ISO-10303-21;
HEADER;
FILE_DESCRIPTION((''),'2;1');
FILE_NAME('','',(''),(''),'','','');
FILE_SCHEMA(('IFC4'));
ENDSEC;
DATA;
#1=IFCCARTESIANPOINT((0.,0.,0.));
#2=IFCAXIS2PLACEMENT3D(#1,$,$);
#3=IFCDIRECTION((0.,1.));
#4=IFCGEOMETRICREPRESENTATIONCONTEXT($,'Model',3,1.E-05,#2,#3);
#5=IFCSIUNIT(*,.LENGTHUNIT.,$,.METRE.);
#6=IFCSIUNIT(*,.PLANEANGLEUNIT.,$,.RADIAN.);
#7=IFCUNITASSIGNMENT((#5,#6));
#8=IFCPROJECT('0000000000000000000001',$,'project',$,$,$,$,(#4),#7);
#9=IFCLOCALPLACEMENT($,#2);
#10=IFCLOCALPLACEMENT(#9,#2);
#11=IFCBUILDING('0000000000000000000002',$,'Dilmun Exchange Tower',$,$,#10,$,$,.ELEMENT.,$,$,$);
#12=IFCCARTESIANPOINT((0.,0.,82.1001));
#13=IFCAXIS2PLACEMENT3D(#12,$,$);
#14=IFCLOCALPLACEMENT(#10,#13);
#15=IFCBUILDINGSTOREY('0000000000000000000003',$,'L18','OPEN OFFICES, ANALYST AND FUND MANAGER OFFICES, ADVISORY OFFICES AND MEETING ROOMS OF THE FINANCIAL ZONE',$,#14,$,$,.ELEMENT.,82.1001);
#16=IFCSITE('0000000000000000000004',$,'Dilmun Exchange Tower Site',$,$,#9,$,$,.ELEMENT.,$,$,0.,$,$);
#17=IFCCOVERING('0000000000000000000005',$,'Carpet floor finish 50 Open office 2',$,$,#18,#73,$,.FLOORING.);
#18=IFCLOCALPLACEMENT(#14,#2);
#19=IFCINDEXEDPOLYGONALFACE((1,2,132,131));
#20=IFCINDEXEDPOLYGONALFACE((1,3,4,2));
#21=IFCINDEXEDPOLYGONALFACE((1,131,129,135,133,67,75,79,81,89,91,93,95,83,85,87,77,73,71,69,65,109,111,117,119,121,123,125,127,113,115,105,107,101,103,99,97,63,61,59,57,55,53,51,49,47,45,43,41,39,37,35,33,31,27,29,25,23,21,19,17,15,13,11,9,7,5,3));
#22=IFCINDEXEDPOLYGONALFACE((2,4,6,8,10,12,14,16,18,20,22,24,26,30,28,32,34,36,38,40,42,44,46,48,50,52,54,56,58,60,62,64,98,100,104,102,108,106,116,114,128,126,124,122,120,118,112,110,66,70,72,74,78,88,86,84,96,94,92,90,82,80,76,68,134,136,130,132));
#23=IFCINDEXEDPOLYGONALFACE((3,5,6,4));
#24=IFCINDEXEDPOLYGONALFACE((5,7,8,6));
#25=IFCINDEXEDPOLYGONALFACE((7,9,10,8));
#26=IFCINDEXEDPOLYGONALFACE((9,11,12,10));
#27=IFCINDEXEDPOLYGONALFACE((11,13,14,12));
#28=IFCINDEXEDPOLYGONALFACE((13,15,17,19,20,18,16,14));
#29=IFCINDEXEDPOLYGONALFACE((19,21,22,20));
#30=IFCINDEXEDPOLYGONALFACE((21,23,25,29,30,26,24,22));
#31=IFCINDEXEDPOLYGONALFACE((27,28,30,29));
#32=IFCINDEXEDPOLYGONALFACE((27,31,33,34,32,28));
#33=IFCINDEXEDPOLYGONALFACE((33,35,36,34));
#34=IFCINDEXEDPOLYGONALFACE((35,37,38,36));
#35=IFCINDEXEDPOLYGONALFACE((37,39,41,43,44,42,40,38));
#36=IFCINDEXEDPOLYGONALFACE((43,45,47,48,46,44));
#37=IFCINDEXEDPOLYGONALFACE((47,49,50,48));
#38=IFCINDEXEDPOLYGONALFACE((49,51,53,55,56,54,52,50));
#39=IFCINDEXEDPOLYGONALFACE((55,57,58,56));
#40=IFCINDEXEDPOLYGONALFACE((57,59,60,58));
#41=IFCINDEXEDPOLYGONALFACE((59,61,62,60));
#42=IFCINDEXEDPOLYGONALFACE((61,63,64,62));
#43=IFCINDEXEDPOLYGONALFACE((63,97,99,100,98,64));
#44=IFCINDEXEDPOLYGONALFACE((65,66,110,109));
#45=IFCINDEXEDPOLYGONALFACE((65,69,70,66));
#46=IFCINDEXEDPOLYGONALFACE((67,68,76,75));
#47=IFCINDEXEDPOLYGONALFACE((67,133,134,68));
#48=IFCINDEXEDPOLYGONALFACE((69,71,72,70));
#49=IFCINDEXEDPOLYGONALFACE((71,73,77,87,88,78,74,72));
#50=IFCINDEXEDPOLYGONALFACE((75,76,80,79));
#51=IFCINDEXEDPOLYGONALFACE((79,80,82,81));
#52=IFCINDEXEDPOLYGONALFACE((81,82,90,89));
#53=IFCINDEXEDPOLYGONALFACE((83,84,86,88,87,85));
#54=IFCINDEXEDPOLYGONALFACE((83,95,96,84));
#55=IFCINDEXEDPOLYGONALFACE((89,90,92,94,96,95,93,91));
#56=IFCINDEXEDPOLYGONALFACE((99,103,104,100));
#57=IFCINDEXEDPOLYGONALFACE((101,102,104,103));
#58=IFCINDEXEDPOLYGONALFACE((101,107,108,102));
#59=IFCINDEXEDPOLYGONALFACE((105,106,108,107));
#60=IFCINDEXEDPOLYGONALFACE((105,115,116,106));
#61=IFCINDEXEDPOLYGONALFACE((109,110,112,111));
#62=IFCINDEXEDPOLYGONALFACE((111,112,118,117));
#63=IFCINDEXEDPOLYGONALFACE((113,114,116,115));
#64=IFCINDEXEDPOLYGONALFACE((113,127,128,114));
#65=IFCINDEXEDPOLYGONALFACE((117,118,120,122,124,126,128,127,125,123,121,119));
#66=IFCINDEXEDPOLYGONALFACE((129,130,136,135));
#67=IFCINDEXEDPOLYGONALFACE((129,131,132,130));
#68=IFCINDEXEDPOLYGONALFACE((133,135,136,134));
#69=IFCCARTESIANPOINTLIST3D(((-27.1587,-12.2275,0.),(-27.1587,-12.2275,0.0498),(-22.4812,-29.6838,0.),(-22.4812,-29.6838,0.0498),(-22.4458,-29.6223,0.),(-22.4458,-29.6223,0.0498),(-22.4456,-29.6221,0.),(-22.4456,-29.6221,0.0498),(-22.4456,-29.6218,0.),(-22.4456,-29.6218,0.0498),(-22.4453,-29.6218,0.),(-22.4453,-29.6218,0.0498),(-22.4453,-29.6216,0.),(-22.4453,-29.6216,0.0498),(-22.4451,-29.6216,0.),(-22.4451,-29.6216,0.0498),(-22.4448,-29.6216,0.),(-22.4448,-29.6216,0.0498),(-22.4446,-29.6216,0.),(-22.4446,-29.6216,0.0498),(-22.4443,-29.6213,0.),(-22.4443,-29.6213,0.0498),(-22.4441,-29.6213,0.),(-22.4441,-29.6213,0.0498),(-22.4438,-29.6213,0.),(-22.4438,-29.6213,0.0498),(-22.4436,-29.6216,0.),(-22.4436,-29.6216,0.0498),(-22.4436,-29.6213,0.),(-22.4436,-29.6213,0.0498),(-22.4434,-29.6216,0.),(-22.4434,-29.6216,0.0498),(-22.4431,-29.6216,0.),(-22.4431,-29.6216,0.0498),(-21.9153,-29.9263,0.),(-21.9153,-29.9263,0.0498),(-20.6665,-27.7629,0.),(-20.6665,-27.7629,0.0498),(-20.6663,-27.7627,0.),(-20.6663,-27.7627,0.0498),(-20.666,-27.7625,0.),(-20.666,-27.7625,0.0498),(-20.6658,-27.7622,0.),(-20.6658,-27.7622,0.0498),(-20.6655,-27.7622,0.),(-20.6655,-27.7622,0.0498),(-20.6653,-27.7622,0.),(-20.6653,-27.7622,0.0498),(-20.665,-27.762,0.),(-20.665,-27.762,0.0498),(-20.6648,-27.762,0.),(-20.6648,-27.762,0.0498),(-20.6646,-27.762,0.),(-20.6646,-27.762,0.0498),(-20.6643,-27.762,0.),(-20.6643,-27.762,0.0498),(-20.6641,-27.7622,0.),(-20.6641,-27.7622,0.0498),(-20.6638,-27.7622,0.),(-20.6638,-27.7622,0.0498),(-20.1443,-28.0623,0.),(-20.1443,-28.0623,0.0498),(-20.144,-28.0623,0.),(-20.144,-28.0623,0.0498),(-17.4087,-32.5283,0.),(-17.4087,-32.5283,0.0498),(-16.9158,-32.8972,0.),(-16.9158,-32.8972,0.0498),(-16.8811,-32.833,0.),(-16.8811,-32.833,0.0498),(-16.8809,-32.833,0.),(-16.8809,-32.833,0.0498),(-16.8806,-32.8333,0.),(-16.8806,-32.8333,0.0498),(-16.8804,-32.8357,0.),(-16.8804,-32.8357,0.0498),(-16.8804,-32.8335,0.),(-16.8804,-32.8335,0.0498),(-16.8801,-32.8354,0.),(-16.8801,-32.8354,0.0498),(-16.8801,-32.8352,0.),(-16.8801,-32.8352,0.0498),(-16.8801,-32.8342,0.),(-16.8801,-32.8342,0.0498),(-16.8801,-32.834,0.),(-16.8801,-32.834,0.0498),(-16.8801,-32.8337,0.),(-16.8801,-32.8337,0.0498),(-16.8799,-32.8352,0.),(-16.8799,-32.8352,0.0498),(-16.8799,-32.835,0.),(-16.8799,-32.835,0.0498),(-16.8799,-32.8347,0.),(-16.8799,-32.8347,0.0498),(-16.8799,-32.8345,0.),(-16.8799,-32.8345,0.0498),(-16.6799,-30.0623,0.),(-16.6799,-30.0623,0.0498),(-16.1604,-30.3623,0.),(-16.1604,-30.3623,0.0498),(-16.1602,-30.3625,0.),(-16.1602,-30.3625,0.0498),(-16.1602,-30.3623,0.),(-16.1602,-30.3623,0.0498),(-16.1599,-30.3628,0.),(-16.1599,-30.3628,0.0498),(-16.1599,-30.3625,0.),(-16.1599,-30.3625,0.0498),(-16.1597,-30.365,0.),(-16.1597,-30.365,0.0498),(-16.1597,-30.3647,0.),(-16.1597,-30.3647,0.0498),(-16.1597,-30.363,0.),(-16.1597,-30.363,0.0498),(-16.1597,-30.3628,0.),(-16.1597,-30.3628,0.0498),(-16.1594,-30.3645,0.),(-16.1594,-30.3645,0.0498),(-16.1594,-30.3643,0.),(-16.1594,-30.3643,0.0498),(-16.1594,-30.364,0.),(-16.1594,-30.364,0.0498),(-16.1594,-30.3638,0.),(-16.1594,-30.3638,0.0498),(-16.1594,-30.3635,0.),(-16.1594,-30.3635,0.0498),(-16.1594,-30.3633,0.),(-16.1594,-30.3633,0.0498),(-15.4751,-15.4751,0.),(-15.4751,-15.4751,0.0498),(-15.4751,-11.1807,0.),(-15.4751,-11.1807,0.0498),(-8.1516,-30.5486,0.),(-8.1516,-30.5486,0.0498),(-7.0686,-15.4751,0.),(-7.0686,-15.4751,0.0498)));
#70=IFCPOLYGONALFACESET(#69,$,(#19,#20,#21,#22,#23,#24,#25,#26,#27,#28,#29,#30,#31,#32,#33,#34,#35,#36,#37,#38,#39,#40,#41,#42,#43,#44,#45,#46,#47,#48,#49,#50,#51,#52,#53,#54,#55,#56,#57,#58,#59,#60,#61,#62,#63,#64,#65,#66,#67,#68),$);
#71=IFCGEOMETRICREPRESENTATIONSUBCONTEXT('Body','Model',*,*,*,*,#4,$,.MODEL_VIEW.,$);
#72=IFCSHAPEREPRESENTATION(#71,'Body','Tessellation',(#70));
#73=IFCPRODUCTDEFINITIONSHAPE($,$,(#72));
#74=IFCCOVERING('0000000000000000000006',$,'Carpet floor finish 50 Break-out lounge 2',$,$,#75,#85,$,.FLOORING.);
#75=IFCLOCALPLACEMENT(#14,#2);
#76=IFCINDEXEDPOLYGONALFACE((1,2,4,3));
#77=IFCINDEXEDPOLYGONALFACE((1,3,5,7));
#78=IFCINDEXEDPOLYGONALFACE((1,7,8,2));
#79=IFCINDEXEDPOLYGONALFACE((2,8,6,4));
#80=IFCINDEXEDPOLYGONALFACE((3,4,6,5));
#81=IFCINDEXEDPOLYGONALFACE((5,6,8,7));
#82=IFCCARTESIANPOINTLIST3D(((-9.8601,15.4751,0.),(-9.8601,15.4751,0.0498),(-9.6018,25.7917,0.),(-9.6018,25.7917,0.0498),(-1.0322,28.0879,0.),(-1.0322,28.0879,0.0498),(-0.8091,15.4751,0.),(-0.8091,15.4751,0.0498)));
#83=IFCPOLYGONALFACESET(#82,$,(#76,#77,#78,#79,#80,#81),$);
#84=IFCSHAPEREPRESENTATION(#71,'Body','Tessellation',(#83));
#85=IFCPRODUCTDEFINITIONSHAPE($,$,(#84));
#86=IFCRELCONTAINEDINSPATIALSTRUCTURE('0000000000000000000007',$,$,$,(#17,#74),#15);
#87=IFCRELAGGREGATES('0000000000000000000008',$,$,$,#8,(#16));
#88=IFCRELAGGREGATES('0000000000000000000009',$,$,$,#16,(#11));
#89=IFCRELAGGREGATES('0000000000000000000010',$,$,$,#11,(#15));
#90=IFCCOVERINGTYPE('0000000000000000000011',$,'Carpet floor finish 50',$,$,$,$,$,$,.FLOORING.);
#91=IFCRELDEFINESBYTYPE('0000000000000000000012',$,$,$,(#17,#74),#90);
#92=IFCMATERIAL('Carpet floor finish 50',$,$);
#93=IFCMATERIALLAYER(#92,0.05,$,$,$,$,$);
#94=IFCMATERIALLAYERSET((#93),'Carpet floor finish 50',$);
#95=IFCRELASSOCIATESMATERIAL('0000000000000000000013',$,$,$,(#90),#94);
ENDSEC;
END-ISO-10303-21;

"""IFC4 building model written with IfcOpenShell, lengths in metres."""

from ifc_helpers import new_model, si_unit, direction, frame, origin, place, context, subcontext, project, spatial, polyline, outline, extrude, material, layer, layer_set, type_object, element, save


model = new_model("IFC4")

# Units and contexts
model_context = context("Model", 3, precision=1e-05, world=origin(), true_north=direction((0.0, 1.0)))
body_context = subcontext(model_context, "Body", "Model", "MODEL_VIEW")
ifc_project = project(units=[si_unit("LENGTHUNIT", "METRE"), si_unit("PLANEANGLEUNIT", "RADIAN")], contexts=[model_context])

# Site, building, storey
site_placement = place(None, origin())
site = spatial("IfcSite", under=ifc_project, at=site_placement, Name="Dilmun Exchange Tower Site", CompositionType="ELEMENT", RefElevation=0.0)
building_placement = place(site_placement, origin())
building = spatial("IfcBuilding", under=site, at=building_placement, Name="Dilmun Exchange Tower", CompositionType="ELEMENT")
storey_placement = place(building_placement, frame((0.0, 0.0, 82.1001)))
storey = spatial("IfcBuildingStorey", under=building, at=storey_placement, Name="L18", Description="OPEN OFFICES, ANALYST AND FUND MANAGER OFFICES, ADVISORY OFFICES AND MEETING ROOMS OF THE FINANCIAL ZONE", CompositionType="ELEMENT", Elevation=82.1001)

# Coverings
ifc_material_1 = material(Name="Carpet floor finish 50")
ifc_layer_1 = layer(ifc_material_1, 0.05)
ifc_layer_set_1 = layer_set([ifc_layer_1], Name="Carpet floor finish 50")
covering_type_1 = type_object("IfcCoveringType", Name="Carpet floor finish 50", PredefinedType="FLOORING", material=ifc_layer_set_1)
covering_1_placement = place(storey_placement, origin())
element("IfcCovering", 1, at=covering_1_placement, inside=storey, type_object=covering_type_1, Name="Carpet floor finish 50 Open office 2", PredefinedType="FLOORING", context=body_context, shape_type="SweptSolid", body=[
    extrude(outline(polyline([(-15.4751, -11.1807), (-15.4751, -15.4751), (-7.0686, -15.4751), (-8.1516, -30.5486), (-16.9158, -32.8972), (-16.8804, -32.8357), (-16.8801, -32.8354), (-16.8801, -32.8352), (-16.8799, -32.8352), (-16.8799, -32.835), (-16.8799, -32.8347), (-16.8799, -32.8347), (-16.8799, -32.8345), (-16.8801, -32.8342), (-16.8801, -32.834), (-16.8801, -32.8337), (-16.8804, -32.8335), (-16.8804, -32.8335), (-16.8806, -32.8333), (-16.8806, -32.8333), (-16.8809, -32.833), (-16.8811, -32.833), (-17.4087, -32.5283), (-16.1597, -30.365), (-16.1597, -30.3647), (-16.1594, -30.3645), (-16.1594, -30.3645), (-16.1594, -30.3643), (-16.1594, -30.364), (-16.1594, -30.364), (-16.1594, -30.3638), (-16.1594, -30.3635), (-16.1594, -30.3633), (-16.1597, -30.363), (-16.1597, -30.3628), (-16.1599, -30.3628), (-16.1599, -30.3625), (-16.1602, -30.3625), (-16.1602, -30.3623), (-16.1604, -30.3623), (-16.6799, -30.0623), (-20.144, -28.0623), (-20.1443, -28.0623), (-20.6638, -27.7622), (-20.6638, -27.7622), (-20.6641, -27.7622), (-20.6643, -27.762), (-20.6643, -27.762), (-20.6646, -27.762), (-20.6648, -27.762), (-20.665, -27.762), (-20.6653, -27.7622), (-20.6653, -27.7622), (-20.6655, -27.7622), (-20.6658, -27.7622), (-20.666, -27.7625), (-20.666, -27.7625), (-20.6663, -27.7627), (-20.6663, -27.7627), (-20.6665, -27.7629), (-21.9153, -29.9263), (-22.4431, -29.6216), (-22.4434, -29.6216), (-22.4436, -29.6216), (-22.4436, -29.6213), (-22.4438, -29.6213), (-22.4441, -29.6213), (-22.4441, -29.6213), (-22.4443, -29.6213), (-22.4446, -29.6216), (-22.4448, -29.6216), (-22.4451, -29.6216), (-22.4453, -29.6216), (-22.4453, -29.6218), (-22.4456, -29.6218), (-22.4456, -29.6221), (-22.4458, -29.6223), (-22.4458, -29.6223), (-22.4812, -29.6838), (-27.1587, -12.2275), (-15.4751, -11.1807)])), origin(), (0.0, 0.0, 1.0), 0.0498),
])
covering_2_placement = place(storey_placement, origin())
element("IfcCovering", 2, at=covering_2_placement, inside=storey, type_object=covering_type_1, Name="Carpet floor finish 50 Break-out lounge 2", PredefinedType="FLOORING", context=body_context, shape_type="SweptSolid", body=[
    extrude(outline(polyline([(-0.8091, 15.4751), (-9.8601, 15.4751), (-9.6018, 25.7917), (-1.0322, 28.0879), (-0.8091, 15.4751)])), origin(), (0.0, 0.0, 1.0), 0.0498),
])

save(model, "model.ifc")
